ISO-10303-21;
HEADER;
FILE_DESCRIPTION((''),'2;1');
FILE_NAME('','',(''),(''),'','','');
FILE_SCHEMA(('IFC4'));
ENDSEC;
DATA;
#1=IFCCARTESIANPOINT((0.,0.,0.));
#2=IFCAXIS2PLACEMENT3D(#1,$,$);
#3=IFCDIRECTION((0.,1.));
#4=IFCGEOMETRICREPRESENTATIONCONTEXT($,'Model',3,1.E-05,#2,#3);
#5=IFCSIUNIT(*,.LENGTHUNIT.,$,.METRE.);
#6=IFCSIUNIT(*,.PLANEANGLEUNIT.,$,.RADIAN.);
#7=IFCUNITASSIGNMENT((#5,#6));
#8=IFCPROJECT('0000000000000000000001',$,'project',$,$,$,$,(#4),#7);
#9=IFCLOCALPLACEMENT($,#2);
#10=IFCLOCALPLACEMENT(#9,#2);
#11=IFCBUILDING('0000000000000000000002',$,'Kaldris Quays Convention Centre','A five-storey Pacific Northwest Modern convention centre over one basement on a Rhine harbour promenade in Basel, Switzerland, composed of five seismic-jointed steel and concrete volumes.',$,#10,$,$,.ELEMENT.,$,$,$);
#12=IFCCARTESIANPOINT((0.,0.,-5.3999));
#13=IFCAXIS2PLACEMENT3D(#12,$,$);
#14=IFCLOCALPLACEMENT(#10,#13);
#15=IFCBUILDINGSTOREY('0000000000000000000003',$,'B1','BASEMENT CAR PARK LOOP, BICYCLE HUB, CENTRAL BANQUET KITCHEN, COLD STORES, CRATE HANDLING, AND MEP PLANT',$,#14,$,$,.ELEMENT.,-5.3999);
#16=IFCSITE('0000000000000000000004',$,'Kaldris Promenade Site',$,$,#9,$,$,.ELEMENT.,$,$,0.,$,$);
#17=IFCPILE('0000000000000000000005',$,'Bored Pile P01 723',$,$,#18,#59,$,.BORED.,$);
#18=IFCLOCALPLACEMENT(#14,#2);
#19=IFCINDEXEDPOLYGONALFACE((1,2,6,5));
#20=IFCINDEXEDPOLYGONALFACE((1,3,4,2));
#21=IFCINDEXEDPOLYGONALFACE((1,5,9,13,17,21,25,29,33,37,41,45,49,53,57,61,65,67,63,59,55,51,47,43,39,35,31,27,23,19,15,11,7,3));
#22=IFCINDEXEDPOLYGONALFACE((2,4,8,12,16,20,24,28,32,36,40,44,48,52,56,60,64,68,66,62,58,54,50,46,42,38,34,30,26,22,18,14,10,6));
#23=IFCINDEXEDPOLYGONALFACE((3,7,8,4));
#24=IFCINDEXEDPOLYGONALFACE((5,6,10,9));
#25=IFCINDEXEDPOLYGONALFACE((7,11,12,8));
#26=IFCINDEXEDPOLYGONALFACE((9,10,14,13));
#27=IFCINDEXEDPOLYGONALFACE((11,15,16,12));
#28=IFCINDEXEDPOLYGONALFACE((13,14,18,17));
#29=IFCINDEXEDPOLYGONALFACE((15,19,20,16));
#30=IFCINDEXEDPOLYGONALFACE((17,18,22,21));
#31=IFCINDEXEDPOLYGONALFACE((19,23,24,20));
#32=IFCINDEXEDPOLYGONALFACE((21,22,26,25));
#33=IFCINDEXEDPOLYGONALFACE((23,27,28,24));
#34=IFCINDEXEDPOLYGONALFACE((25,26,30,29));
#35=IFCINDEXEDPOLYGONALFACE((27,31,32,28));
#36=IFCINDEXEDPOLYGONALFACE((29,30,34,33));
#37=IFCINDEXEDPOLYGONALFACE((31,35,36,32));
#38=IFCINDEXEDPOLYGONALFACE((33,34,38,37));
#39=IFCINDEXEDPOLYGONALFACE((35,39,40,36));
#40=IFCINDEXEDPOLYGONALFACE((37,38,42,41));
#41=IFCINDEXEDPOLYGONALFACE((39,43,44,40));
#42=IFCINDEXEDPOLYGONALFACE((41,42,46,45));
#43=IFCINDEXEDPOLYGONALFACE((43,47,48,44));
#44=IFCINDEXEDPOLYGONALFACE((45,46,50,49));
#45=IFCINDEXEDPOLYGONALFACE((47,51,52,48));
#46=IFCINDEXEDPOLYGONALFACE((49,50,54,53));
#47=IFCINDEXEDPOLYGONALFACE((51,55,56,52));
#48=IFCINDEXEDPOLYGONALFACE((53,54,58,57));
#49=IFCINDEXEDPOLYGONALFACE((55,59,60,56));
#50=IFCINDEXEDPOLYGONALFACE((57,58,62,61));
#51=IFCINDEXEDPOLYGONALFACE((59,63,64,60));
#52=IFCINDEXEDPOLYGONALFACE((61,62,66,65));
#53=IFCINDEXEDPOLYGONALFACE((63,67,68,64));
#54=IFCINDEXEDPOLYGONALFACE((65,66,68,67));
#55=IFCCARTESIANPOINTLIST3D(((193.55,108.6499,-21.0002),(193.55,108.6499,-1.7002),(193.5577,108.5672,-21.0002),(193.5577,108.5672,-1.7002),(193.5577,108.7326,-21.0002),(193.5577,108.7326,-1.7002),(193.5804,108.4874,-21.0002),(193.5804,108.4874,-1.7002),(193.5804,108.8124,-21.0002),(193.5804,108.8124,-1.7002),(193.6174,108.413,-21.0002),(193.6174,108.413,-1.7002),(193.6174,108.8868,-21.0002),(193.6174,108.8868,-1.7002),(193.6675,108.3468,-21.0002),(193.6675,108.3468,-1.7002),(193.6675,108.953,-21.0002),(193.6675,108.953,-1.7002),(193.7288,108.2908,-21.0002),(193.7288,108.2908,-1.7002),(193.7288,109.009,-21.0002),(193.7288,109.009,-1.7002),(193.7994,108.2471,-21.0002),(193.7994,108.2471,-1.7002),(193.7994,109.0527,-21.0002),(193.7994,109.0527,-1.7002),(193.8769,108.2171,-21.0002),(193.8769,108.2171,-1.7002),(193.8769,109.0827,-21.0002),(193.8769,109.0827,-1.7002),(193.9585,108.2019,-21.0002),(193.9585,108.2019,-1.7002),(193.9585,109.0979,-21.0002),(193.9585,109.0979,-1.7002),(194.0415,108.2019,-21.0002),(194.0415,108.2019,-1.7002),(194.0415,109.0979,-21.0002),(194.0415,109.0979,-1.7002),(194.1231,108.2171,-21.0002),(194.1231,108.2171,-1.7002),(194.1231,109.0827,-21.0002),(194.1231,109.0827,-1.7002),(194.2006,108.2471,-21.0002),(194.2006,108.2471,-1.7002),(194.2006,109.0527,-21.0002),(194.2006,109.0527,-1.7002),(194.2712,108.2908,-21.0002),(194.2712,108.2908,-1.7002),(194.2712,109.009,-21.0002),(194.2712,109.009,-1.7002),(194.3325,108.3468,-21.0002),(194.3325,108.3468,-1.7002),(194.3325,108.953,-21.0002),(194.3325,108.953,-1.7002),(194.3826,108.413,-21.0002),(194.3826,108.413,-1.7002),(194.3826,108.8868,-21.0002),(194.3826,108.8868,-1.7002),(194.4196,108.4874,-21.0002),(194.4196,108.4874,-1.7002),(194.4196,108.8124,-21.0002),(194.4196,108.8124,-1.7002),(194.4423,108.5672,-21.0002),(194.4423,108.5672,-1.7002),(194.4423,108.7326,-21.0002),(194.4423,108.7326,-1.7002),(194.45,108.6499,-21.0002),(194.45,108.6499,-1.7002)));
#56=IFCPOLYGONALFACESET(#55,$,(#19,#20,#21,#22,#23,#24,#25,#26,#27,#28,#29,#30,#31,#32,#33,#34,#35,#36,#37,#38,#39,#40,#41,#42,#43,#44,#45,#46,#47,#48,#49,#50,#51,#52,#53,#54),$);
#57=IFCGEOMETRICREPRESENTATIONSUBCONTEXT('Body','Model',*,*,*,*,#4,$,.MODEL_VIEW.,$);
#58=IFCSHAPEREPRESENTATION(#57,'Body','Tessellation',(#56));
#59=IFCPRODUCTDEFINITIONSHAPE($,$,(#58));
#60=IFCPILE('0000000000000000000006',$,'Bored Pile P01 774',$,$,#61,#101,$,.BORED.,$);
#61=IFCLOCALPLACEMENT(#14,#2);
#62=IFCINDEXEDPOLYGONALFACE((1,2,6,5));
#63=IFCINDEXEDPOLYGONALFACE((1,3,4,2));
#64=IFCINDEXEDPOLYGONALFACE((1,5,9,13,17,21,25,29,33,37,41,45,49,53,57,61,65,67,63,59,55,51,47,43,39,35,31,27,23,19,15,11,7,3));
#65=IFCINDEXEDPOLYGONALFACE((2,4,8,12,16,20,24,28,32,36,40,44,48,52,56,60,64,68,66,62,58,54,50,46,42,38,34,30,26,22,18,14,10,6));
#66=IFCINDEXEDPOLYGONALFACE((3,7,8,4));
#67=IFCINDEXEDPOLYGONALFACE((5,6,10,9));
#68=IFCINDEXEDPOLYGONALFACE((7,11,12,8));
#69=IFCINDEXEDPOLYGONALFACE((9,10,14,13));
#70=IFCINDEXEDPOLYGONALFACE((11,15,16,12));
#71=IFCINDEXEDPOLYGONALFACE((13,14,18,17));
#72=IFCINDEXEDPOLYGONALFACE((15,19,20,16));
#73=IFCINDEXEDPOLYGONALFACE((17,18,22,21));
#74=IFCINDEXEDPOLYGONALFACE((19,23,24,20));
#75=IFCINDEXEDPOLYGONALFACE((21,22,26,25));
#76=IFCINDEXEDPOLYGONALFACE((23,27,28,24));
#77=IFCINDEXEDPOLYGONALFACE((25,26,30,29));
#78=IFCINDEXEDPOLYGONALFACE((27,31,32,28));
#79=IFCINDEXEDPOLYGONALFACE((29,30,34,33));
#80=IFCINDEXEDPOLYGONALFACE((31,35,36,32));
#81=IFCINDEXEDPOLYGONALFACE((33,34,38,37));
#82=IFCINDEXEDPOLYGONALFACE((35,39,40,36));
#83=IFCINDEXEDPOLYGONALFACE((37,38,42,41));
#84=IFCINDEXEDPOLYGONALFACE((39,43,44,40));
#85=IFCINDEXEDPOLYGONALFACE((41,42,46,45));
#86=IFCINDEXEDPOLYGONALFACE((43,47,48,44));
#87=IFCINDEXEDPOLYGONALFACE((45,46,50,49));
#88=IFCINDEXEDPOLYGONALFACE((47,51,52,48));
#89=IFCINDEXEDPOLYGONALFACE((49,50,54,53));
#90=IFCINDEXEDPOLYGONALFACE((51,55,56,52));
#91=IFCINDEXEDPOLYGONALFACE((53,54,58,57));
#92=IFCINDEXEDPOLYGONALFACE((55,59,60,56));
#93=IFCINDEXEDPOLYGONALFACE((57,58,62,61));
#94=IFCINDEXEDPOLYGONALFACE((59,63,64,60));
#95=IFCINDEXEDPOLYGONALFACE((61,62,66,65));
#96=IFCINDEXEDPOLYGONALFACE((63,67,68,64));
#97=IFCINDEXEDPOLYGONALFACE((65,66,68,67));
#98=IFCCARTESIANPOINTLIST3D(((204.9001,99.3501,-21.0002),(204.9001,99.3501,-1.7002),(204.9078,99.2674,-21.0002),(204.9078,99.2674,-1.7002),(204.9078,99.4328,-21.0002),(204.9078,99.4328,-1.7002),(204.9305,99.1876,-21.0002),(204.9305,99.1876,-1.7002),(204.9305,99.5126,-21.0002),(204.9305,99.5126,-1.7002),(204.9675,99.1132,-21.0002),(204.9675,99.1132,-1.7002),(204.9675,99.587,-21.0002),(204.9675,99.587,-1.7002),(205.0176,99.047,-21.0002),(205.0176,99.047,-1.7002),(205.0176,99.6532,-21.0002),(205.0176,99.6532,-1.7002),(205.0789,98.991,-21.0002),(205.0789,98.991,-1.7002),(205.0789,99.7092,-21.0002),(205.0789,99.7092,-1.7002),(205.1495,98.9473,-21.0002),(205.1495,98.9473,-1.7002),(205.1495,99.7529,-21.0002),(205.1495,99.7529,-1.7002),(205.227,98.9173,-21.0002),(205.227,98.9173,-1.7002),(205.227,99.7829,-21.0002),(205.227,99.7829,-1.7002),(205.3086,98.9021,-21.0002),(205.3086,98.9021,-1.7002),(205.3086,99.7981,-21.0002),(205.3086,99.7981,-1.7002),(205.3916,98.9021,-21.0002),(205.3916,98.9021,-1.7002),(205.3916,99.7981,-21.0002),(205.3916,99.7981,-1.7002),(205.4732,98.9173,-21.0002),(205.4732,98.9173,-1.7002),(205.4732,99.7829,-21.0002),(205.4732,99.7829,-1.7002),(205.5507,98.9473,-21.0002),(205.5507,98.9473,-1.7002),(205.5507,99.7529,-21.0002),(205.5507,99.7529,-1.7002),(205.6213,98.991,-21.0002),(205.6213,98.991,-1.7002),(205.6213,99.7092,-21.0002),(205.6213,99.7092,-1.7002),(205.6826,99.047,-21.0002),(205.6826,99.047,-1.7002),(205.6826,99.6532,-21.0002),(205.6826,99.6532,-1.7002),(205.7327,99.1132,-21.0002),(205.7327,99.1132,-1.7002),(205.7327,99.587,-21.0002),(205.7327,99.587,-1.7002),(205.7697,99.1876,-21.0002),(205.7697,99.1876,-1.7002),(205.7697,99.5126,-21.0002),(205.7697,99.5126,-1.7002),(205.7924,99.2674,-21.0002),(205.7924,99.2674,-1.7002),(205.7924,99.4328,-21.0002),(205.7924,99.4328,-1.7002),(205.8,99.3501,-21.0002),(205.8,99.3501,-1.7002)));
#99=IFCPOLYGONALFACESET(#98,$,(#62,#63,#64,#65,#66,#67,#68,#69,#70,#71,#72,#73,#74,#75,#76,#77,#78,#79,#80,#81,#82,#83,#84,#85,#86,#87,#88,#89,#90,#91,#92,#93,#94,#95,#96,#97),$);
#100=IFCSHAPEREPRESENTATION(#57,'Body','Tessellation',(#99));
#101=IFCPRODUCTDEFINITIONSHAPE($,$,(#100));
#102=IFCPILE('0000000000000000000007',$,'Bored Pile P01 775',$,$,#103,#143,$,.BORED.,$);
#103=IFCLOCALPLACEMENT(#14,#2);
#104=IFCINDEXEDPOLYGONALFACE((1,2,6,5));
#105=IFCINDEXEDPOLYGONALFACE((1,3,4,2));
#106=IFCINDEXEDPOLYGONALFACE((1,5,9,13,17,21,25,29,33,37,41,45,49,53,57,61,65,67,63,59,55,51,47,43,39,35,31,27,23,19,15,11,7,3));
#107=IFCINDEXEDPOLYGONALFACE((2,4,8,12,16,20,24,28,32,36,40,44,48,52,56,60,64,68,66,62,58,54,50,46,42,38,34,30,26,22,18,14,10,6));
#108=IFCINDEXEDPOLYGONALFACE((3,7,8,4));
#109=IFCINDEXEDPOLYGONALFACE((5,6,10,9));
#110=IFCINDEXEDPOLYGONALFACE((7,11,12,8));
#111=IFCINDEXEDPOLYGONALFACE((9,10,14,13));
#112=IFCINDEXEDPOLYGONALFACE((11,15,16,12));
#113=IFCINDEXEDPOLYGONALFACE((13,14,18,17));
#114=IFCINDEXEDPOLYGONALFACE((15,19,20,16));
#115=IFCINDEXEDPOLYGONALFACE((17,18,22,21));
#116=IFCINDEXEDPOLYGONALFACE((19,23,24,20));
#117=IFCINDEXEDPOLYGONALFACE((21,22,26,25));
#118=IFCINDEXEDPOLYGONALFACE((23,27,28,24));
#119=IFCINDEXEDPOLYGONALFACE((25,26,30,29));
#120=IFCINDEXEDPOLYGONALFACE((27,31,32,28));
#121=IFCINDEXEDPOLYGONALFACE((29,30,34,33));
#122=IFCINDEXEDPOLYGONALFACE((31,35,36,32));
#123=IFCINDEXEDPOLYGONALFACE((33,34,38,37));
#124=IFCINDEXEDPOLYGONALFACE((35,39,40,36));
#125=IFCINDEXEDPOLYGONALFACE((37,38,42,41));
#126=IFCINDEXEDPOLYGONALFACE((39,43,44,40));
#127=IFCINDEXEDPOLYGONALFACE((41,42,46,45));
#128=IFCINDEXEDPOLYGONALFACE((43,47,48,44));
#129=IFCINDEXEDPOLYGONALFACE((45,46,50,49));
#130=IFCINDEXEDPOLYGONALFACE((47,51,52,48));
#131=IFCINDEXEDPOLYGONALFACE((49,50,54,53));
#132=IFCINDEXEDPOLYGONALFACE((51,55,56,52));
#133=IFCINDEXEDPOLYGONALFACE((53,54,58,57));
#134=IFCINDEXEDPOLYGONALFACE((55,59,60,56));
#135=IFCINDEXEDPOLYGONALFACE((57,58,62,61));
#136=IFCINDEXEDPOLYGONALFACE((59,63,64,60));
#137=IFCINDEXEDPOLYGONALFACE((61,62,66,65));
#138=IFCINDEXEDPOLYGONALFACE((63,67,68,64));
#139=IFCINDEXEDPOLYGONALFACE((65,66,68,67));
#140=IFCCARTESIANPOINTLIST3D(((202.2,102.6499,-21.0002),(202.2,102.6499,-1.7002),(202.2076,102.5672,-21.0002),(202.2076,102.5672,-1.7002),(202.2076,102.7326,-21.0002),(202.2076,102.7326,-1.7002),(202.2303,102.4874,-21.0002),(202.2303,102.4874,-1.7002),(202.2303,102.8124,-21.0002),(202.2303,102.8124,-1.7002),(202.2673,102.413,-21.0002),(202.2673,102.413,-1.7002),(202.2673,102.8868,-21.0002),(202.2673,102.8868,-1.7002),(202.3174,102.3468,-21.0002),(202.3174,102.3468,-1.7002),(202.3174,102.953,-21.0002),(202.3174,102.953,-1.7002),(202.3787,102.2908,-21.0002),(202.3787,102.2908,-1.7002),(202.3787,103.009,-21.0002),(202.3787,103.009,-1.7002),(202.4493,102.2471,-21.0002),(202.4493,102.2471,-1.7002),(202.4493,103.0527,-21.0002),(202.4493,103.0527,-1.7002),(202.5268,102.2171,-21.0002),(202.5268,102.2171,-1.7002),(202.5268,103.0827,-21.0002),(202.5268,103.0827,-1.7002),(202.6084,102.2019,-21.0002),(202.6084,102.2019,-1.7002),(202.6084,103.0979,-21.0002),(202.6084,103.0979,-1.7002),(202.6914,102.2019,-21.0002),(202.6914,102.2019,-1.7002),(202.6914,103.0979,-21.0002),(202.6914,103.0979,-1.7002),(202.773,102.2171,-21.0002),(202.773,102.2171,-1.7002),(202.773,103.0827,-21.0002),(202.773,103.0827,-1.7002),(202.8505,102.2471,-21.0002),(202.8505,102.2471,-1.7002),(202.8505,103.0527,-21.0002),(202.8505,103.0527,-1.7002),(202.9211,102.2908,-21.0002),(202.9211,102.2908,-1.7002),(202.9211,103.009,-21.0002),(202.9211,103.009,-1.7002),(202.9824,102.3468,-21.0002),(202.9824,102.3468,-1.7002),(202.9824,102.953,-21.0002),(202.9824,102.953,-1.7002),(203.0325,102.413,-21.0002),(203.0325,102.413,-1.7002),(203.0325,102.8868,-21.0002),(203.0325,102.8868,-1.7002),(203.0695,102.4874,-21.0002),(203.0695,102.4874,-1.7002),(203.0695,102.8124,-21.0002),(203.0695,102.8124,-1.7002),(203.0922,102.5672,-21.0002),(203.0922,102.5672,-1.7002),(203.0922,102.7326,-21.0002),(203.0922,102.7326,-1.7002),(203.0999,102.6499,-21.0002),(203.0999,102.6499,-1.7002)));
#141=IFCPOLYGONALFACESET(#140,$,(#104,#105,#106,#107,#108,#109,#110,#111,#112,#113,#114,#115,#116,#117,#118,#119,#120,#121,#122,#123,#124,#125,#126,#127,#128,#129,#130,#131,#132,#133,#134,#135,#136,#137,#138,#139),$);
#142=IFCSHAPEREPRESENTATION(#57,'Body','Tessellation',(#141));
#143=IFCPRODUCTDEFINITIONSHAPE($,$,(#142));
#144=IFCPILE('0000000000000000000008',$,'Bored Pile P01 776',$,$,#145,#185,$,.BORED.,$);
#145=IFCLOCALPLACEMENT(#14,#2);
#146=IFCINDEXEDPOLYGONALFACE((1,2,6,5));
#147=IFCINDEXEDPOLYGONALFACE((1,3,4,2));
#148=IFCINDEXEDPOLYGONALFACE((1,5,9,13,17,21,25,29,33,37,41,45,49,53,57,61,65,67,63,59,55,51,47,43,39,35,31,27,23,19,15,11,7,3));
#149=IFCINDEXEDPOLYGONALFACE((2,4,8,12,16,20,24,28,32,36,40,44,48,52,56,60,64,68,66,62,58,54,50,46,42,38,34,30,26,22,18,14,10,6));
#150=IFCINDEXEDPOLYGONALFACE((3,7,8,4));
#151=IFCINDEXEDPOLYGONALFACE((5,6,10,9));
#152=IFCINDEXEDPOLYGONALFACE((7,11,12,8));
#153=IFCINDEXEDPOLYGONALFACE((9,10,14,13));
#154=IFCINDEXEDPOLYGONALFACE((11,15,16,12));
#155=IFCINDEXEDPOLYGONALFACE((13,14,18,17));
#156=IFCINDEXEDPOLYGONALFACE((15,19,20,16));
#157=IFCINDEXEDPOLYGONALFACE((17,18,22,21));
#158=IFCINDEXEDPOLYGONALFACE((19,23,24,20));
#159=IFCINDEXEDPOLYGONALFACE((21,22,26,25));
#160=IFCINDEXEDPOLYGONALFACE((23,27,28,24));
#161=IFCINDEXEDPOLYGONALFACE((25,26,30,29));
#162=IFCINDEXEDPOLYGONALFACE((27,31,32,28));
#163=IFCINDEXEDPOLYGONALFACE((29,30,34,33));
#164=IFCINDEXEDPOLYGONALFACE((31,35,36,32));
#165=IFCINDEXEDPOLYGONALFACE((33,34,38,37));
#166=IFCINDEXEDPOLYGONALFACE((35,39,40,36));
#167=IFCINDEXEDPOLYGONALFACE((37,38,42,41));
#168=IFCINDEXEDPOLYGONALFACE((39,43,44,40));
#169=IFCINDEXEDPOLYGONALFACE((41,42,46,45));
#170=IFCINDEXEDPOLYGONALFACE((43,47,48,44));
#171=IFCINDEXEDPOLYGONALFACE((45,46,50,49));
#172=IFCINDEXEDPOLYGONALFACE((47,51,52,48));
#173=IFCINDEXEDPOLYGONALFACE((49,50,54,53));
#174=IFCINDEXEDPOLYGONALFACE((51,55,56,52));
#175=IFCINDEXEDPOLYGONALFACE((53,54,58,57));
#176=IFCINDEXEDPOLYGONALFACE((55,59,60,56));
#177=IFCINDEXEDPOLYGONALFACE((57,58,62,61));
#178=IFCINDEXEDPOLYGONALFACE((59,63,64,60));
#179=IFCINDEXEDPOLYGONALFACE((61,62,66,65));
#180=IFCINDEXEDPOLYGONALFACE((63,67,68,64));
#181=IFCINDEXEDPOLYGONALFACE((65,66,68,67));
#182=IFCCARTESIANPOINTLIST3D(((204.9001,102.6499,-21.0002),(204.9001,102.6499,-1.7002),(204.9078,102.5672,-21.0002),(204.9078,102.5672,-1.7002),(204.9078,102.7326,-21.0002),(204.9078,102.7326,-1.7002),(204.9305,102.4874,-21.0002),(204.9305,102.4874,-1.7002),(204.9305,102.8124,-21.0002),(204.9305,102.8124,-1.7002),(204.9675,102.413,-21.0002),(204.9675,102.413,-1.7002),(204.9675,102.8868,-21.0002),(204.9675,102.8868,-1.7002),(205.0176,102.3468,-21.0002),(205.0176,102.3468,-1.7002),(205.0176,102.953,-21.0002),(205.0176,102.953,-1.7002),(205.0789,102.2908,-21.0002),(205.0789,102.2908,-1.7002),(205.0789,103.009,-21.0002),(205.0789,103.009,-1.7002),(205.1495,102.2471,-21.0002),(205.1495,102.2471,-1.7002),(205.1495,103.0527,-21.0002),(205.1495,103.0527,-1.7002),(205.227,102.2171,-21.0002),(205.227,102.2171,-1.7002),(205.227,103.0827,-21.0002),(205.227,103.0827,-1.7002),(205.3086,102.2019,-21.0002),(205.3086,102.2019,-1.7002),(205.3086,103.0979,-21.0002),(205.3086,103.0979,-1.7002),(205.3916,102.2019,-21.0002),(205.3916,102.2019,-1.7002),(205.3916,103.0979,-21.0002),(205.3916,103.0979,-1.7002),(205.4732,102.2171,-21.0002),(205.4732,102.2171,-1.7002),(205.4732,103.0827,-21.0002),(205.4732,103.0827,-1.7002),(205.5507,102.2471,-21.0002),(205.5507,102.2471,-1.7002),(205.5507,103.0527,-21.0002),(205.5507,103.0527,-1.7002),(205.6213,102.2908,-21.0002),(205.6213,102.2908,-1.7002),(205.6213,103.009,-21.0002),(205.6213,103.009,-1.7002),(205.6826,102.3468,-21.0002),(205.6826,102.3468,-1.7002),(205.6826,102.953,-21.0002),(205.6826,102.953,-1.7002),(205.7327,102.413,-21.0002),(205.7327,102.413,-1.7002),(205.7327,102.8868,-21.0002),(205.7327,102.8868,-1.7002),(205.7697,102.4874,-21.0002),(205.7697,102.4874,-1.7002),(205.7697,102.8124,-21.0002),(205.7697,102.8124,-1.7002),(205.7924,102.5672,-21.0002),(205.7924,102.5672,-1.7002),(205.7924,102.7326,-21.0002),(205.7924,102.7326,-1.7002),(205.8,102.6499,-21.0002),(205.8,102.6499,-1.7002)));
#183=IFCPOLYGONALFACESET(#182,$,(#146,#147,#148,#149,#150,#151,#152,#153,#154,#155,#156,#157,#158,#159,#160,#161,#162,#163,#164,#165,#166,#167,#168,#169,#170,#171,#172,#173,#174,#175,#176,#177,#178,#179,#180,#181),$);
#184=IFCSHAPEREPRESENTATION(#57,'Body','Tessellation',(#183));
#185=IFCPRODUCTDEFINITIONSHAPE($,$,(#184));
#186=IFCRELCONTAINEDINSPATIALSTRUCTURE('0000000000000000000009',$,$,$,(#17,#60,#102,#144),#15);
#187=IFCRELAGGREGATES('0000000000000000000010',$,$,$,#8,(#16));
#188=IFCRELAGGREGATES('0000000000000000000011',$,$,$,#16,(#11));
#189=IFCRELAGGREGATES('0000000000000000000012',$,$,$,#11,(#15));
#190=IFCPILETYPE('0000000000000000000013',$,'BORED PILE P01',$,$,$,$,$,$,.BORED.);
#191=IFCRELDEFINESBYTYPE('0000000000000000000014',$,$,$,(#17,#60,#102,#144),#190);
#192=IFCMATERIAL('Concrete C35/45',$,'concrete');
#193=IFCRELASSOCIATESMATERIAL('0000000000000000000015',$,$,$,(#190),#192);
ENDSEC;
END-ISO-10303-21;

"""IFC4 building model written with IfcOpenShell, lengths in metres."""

from ifc_helpers import new_model, si_unit, direction, frame, origin, origin_2d, place, context, subcontext, project, spatial, circle, extrude, material, material_profile, profile_set, type_object, element, save


model = new_model("IFC4")

# Units and contexts
model_context = context("Model", 3, precision=1e-05, world=origin(), true_north=direction((0.0, 1.0)))
body_context = subcontext(model_context, "Body", "Model", "MODEL_VIEW")
ifc_project = project(units=[si_unit("LENGTHUNIT", "METRE"), si_unit("PLANEANGLEUNIT", "RADIAN")], contexts=[model_context])

# Site, building, storey
site_placement = place(None, origin())
site = spatial("IfcSite", under=ifc_project, at=site_placement, Name="Kaldris Promenade Site", CompositionType="ELEMENT", RefElevation=0.0)
building_placement = place(site_placement, origin())
building = spatial("IfcBuilding", under=site, at=building_placement, Name="Kaldris Quays Convention Centre", Description="A five-storey Pacific Northwest Modern convention centre over one basement on a Rhine harbour promenade in Basel, Switzerland, composed of five seismic-jointed steel and concrete volumes.", CompositionType="ELEMENT")
storey_placement = place(building_placement, frame((0.0, 0.0, -5.3999)))
storey = spatial("IfcBuildingStorey", under=building, at=storey_placement, Name="B1", Description="BASEMENT CAR PARK LOOP, BICYCLE HUB, CENTRAL BANQUET KITCHEN, COLD STORES, CRATE HANDLING, AND MEP PLANT", CompositionType="ELEMENT", Elevation=-5.3999)

# Piles
ifc_material_1 = material(Name="Concrete C35/45", Category="concrete")
ifc_material_profile_1 = material_profile(ifc_material_1, circle(Radius=0.45, at=origin_2d()), Name="BORED PILE D900")
ifc_profile_set_1 = profile_set([ifc_material_profile_1], Name="Concrete C35/45")
pile_type_1 = type_object("IfcPileType", Name="BORED PILE P01", PredefinedType="BORED", material=ifc_profile_set_1)
for number, where, z_axis, x_axis, name in (
    (1, (194.0, 108.6499, -1.7002), (0.0, 0.0, -1.0), (1.0, 0.0, 0.0), "Bored Pile P01 723"),
    (2, (205.3501, 99.3501, -1.7002), (0.0, 0.0, -1.0), (1.0, 0.0, 0.0), "Bored Pile P01 774"),
    (3, (202.6499, 102.6499, -1.7002), (0.0, 0.0, -1.0), (1.0, 0.0, 0.0), "Bored Pile P01 775"),
    (4, (205.3501, 102.6499, -1.7002), (0.0, 0.0, -1.0), (1.0, 0.0, 0.0), "Bored Pile P01 776"),
):
    element("IfcPile", number, at=place(storey_placement, frame(where, z_axis=z_axis, x_axis=x_axis)), inside=storey, type_object=pile_type_1, Name=name, PredefinedType="BORED", context=body_context, shape_type="SweptSolid", body=[
        extrude(circle(Radius=0.45, at=origin_2d()), origin(), (0.0, 0.0, 1.0), 19.3),
    ])

save(model, "model.ifc")
